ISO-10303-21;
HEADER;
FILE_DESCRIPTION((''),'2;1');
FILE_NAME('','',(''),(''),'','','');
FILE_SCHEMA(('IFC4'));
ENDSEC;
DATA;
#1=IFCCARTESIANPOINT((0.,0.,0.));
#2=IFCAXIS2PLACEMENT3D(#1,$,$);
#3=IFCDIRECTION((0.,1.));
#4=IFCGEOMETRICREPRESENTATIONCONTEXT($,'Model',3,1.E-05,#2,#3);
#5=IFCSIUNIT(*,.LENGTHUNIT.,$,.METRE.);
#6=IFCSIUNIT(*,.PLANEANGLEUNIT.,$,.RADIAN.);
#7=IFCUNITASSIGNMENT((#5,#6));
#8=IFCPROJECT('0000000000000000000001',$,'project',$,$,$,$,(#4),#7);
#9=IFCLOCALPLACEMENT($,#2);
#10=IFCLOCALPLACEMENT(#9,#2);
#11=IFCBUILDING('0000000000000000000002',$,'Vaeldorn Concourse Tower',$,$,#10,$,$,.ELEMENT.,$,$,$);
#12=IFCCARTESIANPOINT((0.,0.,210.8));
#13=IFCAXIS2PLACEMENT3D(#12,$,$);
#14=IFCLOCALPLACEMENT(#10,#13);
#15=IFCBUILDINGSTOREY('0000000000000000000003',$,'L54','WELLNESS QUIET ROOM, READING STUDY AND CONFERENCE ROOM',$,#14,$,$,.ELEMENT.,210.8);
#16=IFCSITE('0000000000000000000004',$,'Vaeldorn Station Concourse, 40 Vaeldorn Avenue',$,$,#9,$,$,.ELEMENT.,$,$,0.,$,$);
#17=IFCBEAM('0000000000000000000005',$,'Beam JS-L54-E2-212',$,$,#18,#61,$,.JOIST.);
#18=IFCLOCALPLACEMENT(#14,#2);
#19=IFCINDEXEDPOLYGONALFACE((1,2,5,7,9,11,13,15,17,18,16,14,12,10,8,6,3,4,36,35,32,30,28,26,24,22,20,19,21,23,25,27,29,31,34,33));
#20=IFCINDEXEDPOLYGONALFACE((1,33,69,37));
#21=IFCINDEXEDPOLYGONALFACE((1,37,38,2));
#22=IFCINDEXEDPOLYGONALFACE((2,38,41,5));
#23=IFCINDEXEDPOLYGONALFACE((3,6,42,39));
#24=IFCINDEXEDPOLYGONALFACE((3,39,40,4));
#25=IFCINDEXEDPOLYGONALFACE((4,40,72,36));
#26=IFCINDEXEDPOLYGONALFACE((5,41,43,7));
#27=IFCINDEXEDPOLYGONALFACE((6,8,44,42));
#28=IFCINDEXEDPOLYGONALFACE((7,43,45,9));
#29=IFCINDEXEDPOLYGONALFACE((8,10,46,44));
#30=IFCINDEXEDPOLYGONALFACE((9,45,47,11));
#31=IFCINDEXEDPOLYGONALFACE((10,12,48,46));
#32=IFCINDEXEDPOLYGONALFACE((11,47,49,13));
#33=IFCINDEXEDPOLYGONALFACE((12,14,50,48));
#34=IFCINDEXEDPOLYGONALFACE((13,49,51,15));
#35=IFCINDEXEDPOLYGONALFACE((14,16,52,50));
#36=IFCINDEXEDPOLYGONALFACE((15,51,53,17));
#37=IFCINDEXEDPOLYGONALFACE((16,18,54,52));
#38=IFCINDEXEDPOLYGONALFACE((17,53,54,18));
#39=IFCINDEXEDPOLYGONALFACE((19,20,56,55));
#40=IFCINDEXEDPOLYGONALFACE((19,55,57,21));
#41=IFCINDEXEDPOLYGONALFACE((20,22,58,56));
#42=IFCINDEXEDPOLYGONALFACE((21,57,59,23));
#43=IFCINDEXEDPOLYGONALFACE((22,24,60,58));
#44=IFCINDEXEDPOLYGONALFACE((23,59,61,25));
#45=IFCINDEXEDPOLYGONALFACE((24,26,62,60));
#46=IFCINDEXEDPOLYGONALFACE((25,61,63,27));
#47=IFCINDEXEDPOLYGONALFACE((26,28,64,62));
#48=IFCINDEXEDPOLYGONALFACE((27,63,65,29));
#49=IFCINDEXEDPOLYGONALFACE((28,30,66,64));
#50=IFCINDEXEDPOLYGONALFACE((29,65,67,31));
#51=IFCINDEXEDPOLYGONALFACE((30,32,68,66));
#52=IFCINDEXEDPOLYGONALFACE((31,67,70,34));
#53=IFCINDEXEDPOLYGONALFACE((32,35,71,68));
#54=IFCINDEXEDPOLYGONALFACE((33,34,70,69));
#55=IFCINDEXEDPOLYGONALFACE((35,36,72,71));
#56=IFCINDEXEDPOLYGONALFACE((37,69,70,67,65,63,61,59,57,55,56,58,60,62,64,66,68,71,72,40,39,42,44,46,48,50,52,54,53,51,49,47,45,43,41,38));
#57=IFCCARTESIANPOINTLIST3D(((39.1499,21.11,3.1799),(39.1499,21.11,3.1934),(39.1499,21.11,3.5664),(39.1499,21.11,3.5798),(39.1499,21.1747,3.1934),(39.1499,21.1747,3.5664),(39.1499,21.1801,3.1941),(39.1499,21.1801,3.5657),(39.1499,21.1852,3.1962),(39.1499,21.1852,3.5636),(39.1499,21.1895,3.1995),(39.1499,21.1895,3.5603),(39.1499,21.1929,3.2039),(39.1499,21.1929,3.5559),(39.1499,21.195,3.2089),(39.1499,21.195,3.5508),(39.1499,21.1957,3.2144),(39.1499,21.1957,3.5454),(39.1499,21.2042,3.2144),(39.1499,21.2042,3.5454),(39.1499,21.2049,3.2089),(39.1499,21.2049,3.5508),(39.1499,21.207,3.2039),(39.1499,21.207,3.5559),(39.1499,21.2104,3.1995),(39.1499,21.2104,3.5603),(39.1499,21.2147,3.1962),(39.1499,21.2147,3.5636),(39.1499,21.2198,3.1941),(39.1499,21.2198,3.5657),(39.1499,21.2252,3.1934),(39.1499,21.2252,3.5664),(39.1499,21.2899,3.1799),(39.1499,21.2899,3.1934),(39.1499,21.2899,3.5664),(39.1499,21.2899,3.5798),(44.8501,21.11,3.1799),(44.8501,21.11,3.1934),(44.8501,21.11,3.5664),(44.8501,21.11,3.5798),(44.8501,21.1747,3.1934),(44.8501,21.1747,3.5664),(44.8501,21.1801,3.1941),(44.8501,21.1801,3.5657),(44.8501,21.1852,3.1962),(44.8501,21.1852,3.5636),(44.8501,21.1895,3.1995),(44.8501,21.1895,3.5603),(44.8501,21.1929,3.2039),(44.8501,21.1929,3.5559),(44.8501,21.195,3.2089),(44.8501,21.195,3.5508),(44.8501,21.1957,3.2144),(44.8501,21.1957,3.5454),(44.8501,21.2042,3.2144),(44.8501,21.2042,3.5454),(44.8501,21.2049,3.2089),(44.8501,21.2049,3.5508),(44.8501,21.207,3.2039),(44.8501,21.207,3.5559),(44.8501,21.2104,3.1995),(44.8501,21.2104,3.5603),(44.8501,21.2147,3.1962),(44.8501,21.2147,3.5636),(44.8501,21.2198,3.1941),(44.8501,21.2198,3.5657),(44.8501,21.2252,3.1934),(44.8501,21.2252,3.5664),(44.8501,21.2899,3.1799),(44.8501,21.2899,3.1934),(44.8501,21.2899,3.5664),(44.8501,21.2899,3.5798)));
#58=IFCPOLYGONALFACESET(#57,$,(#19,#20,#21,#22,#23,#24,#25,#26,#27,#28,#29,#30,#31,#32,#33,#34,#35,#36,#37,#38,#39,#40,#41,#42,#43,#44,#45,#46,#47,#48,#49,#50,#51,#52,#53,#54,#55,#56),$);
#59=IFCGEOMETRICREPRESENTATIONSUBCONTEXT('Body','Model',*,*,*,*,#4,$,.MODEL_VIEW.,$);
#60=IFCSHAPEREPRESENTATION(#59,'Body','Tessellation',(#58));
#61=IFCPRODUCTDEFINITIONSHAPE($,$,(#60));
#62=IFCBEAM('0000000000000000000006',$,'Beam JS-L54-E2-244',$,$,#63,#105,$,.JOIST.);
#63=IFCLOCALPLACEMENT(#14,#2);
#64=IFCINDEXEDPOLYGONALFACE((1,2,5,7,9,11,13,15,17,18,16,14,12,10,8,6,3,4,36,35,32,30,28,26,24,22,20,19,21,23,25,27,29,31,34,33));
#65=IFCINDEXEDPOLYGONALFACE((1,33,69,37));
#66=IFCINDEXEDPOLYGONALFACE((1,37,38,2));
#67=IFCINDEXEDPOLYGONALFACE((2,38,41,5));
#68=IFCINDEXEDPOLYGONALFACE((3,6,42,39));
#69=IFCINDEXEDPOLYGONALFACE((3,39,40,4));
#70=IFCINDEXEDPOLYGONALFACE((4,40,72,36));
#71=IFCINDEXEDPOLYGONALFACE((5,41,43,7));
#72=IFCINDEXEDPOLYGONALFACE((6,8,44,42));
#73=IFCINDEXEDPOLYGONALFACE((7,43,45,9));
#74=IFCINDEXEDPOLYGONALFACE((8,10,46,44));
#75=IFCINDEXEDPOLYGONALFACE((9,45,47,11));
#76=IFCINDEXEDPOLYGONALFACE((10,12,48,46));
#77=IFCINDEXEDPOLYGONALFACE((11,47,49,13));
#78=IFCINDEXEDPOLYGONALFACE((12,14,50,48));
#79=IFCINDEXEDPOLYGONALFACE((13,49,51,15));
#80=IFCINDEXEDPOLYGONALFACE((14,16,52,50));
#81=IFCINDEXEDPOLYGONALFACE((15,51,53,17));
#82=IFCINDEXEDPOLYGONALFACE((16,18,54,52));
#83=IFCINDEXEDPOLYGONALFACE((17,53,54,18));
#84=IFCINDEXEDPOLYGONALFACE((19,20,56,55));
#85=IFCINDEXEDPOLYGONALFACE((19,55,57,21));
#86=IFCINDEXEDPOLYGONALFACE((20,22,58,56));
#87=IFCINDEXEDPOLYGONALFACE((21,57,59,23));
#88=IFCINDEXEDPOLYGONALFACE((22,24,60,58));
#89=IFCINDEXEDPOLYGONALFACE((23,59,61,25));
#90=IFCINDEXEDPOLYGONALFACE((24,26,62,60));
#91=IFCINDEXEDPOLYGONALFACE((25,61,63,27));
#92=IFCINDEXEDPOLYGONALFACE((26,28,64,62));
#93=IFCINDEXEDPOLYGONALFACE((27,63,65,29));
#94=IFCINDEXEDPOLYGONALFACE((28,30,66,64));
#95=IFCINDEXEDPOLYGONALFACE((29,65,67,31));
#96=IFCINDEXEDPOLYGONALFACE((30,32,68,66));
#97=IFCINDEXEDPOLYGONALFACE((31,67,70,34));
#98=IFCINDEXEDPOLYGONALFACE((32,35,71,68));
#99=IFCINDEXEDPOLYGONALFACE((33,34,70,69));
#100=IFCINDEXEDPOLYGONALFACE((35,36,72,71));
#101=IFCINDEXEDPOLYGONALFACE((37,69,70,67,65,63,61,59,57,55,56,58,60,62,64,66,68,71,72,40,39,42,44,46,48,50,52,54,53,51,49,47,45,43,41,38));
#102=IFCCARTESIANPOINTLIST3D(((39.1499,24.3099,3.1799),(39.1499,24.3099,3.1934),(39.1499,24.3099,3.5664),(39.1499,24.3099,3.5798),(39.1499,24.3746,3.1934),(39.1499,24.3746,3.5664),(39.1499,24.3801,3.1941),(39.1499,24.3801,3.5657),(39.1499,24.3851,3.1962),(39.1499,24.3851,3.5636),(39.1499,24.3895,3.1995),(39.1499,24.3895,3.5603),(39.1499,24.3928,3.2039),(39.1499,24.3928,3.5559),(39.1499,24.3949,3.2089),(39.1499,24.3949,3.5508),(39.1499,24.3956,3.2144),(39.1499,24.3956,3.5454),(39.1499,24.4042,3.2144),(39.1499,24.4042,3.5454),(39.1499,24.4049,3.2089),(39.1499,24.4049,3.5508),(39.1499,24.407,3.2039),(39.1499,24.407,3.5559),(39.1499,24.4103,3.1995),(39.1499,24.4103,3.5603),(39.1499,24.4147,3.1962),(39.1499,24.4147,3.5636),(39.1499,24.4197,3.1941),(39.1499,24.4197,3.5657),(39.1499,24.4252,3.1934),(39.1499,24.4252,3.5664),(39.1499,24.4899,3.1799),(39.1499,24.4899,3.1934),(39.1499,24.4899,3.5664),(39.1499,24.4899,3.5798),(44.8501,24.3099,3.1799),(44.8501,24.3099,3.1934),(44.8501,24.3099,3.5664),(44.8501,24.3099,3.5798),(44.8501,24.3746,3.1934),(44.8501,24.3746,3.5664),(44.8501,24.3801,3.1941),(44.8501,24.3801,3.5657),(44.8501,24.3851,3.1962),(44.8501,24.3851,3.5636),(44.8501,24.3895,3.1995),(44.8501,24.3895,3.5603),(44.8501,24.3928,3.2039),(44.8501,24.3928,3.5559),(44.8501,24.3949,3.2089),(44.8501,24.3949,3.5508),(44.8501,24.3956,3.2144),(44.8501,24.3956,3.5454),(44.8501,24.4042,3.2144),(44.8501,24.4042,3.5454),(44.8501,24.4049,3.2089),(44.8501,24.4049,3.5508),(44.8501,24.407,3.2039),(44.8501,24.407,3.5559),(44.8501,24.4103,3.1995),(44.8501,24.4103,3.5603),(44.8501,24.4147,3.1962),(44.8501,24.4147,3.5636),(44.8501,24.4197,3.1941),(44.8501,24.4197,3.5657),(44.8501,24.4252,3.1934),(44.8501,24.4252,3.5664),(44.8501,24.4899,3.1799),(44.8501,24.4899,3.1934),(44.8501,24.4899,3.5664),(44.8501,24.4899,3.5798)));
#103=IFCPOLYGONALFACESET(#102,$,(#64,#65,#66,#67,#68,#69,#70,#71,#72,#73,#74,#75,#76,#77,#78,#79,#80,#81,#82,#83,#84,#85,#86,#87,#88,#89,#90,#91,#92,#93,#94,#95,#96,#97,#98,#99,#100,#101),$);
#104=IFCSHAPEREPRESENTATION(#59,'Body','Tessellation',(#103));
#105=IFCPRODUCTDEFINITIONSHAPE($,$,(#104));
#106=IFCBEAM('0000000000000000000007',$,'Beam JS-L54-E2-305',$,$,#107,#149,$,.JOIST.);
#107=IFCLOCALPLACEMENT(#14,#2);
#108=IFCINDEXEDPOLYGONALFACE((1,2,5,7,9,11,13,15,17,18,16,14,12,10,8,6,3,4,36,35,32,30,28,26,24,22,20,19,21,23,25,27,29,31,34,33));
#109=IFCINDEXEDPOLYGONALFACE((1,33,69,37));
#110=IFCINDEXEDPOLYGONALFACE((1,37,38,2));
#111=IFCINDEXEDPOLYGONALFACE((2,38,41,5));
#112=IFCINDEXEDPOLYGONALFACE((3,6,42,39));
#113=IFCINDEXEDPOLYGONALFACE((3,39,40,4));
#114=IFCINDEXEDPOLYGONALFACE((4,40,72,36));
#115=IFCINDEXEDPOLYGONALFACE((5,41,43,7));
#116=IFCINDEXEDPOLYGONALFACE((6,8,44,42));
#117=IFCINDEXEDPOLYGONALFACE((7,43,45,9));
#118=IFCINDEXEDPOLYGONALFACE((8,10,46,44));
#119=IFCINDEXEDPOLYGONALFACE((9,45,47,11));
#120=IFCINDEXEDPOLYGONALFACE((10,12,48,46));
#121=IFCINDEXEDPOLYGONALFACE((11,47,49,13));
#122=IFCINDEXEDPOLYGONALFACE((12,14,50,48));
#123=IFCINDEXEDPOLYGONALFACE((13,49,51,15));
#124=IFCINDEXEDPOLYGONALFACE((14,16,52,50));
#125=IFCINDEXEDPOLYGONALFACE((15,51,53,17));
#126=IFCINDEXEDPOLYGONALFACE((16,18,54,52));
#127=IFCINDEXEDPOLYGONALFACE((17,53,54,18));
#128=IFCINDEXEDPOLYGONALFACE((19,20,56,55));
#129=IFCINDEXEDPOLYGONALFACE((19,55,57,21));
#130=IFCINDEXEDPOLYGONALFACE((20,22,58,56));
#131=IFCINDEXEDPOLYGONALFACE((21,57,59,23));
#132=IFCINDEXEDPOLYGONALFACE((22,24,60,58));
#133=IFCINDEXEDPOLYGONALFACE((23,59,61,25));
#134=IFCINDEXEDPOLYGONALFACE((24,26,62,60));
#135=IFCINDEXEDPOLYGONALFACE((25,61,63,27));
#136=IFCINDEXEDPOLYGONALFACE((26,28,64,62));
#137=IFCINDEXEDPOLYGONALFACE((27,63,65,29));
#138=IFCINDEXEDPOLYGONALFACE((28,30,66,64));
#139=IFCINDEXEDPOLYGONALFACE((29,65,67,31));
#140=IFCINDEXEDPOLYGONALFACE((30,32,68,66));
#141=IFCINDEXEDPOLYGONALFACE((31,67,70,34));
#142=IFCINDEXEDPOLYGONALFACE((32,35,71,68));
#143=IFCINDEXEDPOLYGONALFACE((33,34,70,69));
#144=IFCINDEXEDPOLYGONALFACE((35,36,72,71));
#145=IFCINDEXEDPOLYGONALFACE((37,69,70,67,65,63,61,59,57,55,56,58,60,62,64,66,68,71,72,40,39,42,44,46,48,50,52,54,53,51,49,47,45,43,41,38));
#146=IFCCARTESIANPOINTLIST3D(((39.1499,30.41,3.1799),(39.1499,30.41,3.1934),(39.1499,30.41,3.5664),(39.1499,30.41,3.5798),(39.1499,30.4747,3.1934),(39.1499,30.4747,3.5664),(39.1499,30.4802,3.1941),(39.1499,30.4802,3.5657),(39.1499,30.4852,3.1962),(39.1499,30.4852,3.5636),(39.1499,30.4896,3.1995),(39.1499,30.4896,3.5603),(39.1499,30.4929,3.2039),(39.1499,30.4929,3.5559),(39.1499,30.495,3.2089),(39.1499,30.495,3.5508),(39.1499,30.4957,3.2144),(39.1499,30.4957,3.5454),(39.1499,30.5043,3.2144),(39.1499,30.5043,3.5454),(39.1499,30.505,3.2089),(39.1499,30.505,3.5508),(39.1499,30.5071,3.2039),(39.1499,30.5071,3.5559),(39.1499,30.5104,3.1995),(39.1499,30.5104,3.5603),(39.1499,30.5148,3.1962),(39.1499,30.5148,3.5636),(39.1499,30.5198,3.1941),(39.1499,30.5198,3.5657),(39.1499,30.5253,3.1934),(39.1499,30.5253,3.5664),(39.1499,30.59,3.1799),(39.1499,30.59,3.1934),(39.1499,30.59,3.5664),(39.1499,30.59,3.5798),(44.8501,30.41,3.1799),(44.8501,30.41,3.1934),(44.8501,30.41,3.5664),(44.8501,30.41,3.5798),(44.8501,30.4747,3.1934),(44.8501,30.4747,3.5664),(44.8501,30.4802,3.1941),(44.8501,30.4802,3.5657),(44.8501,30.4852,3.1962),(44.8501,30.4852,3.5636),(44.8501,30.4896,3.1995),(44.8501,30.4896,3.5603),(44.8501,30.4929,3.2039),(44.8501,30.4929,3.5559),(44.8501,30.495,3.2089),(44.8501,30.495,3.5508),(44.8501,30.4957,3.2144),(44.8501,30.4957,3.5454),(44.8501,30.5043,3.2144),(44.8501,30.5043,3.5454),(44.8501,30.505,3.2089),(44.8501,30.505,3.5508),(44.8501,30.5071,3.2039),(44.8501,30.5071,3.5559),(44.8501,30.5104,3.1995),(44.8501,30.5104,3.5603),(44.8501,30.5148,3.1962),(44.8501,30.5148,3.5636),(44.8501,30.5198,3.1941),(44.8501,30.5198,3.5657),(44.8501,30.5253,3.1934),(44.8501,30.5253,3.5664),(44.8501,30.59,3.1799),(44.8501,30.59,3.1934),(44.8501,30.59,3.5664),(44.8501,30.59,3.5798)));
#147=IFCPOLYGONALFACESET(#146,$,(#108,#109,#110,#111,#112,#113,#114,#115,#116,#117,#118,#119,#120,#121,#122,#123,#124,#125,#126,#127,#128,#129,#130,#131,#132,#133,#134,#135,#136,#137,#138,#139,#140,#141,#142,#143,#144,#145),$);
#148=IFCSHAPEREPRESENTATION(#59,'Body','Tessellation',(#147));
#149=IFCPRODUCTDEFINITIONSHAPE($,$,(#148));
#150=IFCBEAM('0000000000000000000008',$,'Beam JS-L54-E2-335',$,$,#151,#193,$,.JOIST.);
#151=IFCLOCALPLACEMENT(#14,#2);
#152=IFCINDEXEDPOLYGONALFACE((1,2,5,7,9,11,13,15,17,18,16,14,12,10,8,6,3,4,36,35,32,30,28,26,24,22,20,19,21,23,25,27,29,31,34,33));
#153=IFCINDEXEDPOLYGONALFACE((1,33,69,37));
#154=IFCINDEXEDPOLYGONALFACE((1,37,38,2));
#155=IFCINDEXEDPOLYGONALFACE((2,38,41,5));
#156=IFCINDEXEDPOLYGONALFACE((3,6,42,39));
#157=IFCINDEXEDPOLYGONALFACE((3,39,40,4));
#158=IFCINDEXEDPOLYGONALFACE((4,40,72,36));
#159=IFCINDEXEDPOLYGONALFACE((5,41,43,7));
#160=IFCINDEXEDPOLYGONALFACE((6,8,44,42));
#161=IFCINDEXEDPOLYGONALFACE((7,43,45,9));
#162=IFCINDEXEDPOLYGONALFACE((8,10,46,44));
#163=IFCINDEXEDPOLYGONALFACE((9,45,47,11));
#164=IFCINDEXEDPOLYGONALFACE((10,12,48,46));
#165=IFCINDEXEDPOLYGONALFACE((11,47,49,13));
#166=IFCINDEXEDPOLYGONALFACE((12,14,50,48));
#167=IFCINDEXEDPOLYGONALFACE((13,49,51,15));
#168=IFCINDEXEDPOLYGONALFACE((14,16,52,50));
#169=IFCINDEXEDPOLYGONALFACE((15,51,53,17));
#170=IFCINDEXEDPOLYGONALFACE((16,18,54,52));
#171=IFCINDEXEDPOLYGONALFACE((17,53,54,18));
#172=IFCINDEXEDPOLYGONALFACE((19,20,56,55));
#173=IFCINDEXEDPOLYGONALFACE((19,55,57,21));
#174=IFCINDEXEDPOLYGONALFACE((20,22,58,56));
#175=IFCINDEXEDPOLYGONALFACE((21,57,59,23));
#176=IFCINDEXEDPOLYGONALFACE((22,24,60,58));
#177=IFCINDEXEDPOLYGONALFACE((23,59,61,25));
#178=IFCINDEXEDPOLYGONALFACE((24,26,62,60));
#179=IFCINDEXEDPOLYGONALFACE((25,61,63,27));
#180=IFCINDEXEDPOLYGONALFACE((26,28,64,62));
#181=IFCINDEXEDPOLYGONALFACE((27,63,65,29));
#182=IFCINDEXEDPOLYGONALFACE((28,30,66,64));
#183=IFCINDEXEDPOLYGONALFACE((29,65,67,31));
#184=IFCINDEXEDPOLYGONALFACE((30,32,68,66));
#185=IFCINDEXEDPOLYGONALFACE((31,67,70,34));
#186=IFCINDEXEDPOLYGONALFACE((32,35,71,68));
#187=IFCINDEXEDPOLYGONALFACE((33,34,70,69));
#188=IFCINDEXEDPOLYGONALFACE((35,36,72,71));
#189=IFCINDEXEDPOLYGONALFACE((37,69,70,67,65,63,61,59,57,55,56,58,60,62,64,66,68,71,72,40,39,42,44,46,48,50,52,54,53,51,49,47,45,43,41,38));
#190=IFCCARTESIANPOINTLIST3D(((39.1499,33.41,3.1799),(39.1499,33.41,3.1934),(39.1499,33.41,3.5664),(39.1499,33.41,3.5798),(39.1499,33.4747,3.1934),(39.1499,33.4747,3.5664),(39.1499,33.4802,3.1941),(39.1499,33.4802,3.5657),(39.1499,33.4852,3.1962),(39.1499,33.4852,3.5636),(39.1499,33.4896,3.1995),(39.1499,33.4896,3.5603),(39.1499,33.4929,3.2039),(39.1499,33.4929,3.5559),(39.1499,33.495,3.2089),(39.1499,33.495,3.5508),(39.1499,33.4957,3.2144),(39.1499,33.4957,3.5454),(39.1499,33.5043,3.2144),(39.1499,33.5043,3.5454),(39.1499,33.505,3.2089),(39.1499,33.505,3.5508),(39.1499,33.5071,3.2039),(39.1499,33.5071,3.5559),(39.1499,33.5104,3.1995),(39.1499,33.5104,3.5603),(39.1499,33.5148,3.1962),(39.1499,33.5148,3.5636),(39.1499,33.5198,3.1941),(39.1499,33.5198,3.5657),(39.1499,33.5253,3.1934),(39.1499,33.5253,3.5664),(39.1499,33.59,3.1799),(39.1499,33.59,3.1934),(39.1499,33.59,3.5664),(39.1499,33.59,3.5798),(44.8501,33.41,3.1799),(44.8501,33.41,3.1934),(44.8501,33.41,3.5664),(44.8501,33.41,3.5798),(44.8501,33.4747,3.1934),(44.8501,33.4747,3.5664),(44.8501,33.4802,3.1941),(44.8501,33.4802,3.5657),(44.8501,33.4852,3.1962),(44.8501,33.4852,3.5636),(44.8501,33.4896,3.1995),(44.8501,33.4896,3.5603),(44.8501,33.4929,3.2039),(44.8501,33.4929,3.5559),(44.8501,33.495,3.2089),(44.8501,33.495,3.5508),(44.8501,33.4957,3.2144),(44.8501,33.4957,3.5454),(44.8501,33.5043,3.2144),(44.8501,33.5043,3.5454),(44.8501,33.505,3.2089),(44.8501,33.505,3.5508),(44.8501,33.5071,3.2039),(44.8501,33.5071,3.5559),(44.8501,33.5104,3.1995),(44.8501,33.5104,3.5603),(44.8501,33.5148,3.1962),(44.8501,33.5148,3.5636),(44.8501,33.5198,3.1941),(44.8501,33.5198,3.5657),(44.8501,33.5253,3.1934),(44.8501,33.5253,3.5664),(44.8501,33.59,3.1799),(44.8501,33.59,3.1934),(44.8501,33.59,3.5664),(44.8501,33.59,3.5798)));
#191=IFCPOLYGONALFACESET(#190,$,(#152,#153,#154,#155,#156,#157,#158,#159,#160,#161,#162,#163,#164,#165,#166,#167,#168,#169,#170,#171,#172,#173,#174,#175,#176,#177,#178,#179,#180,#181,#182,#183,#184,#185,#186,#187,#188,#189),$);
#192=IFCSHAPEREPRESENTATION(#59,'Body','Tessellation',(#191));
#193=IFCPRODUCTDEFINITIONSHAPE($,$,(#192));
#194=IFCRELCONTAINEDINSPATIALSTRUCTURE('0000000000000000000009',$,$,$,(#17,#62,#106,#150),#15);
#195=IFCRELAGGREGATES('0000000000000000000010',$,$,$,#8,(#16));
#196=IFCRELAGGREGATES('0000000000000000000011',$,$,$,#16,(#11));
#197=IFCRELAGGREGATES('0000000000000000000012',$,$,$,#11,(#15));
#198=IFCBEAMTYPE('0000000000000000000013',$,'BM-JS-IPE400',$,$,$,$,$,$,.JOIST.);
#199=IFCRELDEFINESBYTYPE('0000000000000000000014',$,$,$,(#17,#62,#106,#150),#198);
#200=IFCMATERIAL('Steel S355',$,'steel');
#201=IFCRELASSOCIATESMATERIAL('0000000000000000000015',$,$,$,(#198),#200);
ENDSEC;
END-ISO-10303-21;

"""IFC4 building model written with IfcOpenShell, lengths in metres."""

from ifc_helpers import new_model, si_unit, direction, frame, origin, origin_2d, place, context, subcontext, project, spatial, i_section, extrude, source, transform, mapped, material, material_profile, profile_set, type_object, element, save


model = new_model("IFC4")

# Units and contexts
model_context = context("Model", 3, precision=1e-05, world=origin(), true_north=direction((0.0, 1.0)))
body_context = subcontext(model_context, "Body", "Model", "MODEL_VIEW")
ifc_project = project(units=[si_unit("LENGTHUNIT", "METRE"), si_unit("PLANEANGLEUNIT", "RADIAN")], contexts=[model_context])

# Site, building, storey
site_placement = place(None, origin())
site = spatial("IfcSite", under=ifc_project, at=site_placement, Name="Vaeldorn Station Concourse, 40 Vaeldorn Avenue", CompositionType="ELEMENT", RefElevation=0.0)
building_placement = place(site_placement, origin())
building = spatial("IfcBuilding", under=site, at=building_placement, Name="Vaeldorn Concourse Tower", CompositionType="ELEMENT")
storey_placement = place(building_placement, frame((0.0, 0.0, 210.8)))
storey = spatial("IfcBuildingStorey", under=building, at=storey_placement, Name="L54", Description="WELLNESS QUIET ROOM, READING STUDY AND CONFERENCE ROOM", CompositionType="ELEMENT", Elevation=210.8)

# Shared definitions
ifc_material_1 = material(Name="Steel S355", Category="steel")

# Beams
ifc_material_profile_1 = material_profile(ifc_material_1, i_section(OverallWidth=0.1799, OverallDepth=0.3999, WebThickness=0.0085, FlangeThickness=0.0134, FilletRadius=0.021, at=origin_2d()), Name="IPE 400")
ifc_profile_set_1 = profile_set([ifc_material_profile_1], Name="Steel S355")
beam_type_1 = type_object("IfcBeamType", Name="BM-JS-IPE400", PredefinedType="JOIST", material=ifc_profile_set_1)
shared_shape_1 = source(origin(), body_context, "Body", "SweptSolid", [
    extrude(i_section(OverallWidth=0.1799, OverallDepth=0.3999, WebThickness=0.0085, FlangeThickness=0.0134, FilletRadius=0.021, at=origin_2d()), origin(), (0.0, 0.0, 1.0), 5.7002),
])
for number, where, z_axis, x_axis, name in (
    (1, (39.1499, 21.2, 3.3799), (1.0, 0.0, 0.0), (0.0, 1.0, 0.0), "Beam JS-L54-E2-212"),
    (2, (39.1499, 24.3999, 3.3799), (1.0, 0.0, 0.0), (0.0, 1.0, 0.0), "Beam JS-L54-E2-244"),
    (3, (39.1499, 30.5, 3.3799), (1.0, 0.0, 0.0), (0.0, 1.0, 0.0), "Beam JS-L54-E2-305"),
    (4, (39.1499, 33.5, 3.3799), (1.0, 0.0, 0.0), (0.0, 1.0, 0.0), "Beam JS-L54-E2-335"),
):
    element("IfcBeam", number, at=place(storey_placement, frame(where, z_axis=z_axis, x_axis=x_axis)), inside=storey, type_object=beam_type_1, Name=name, PredefinedType="JOIST", context=body_context, shape_type="MappedRepresentation", body=[
        mapped(shared_shape_1, transform((0.0, 0.0, 0.0), scale=1.0)),
    ])

save(model, "model.ifc")
